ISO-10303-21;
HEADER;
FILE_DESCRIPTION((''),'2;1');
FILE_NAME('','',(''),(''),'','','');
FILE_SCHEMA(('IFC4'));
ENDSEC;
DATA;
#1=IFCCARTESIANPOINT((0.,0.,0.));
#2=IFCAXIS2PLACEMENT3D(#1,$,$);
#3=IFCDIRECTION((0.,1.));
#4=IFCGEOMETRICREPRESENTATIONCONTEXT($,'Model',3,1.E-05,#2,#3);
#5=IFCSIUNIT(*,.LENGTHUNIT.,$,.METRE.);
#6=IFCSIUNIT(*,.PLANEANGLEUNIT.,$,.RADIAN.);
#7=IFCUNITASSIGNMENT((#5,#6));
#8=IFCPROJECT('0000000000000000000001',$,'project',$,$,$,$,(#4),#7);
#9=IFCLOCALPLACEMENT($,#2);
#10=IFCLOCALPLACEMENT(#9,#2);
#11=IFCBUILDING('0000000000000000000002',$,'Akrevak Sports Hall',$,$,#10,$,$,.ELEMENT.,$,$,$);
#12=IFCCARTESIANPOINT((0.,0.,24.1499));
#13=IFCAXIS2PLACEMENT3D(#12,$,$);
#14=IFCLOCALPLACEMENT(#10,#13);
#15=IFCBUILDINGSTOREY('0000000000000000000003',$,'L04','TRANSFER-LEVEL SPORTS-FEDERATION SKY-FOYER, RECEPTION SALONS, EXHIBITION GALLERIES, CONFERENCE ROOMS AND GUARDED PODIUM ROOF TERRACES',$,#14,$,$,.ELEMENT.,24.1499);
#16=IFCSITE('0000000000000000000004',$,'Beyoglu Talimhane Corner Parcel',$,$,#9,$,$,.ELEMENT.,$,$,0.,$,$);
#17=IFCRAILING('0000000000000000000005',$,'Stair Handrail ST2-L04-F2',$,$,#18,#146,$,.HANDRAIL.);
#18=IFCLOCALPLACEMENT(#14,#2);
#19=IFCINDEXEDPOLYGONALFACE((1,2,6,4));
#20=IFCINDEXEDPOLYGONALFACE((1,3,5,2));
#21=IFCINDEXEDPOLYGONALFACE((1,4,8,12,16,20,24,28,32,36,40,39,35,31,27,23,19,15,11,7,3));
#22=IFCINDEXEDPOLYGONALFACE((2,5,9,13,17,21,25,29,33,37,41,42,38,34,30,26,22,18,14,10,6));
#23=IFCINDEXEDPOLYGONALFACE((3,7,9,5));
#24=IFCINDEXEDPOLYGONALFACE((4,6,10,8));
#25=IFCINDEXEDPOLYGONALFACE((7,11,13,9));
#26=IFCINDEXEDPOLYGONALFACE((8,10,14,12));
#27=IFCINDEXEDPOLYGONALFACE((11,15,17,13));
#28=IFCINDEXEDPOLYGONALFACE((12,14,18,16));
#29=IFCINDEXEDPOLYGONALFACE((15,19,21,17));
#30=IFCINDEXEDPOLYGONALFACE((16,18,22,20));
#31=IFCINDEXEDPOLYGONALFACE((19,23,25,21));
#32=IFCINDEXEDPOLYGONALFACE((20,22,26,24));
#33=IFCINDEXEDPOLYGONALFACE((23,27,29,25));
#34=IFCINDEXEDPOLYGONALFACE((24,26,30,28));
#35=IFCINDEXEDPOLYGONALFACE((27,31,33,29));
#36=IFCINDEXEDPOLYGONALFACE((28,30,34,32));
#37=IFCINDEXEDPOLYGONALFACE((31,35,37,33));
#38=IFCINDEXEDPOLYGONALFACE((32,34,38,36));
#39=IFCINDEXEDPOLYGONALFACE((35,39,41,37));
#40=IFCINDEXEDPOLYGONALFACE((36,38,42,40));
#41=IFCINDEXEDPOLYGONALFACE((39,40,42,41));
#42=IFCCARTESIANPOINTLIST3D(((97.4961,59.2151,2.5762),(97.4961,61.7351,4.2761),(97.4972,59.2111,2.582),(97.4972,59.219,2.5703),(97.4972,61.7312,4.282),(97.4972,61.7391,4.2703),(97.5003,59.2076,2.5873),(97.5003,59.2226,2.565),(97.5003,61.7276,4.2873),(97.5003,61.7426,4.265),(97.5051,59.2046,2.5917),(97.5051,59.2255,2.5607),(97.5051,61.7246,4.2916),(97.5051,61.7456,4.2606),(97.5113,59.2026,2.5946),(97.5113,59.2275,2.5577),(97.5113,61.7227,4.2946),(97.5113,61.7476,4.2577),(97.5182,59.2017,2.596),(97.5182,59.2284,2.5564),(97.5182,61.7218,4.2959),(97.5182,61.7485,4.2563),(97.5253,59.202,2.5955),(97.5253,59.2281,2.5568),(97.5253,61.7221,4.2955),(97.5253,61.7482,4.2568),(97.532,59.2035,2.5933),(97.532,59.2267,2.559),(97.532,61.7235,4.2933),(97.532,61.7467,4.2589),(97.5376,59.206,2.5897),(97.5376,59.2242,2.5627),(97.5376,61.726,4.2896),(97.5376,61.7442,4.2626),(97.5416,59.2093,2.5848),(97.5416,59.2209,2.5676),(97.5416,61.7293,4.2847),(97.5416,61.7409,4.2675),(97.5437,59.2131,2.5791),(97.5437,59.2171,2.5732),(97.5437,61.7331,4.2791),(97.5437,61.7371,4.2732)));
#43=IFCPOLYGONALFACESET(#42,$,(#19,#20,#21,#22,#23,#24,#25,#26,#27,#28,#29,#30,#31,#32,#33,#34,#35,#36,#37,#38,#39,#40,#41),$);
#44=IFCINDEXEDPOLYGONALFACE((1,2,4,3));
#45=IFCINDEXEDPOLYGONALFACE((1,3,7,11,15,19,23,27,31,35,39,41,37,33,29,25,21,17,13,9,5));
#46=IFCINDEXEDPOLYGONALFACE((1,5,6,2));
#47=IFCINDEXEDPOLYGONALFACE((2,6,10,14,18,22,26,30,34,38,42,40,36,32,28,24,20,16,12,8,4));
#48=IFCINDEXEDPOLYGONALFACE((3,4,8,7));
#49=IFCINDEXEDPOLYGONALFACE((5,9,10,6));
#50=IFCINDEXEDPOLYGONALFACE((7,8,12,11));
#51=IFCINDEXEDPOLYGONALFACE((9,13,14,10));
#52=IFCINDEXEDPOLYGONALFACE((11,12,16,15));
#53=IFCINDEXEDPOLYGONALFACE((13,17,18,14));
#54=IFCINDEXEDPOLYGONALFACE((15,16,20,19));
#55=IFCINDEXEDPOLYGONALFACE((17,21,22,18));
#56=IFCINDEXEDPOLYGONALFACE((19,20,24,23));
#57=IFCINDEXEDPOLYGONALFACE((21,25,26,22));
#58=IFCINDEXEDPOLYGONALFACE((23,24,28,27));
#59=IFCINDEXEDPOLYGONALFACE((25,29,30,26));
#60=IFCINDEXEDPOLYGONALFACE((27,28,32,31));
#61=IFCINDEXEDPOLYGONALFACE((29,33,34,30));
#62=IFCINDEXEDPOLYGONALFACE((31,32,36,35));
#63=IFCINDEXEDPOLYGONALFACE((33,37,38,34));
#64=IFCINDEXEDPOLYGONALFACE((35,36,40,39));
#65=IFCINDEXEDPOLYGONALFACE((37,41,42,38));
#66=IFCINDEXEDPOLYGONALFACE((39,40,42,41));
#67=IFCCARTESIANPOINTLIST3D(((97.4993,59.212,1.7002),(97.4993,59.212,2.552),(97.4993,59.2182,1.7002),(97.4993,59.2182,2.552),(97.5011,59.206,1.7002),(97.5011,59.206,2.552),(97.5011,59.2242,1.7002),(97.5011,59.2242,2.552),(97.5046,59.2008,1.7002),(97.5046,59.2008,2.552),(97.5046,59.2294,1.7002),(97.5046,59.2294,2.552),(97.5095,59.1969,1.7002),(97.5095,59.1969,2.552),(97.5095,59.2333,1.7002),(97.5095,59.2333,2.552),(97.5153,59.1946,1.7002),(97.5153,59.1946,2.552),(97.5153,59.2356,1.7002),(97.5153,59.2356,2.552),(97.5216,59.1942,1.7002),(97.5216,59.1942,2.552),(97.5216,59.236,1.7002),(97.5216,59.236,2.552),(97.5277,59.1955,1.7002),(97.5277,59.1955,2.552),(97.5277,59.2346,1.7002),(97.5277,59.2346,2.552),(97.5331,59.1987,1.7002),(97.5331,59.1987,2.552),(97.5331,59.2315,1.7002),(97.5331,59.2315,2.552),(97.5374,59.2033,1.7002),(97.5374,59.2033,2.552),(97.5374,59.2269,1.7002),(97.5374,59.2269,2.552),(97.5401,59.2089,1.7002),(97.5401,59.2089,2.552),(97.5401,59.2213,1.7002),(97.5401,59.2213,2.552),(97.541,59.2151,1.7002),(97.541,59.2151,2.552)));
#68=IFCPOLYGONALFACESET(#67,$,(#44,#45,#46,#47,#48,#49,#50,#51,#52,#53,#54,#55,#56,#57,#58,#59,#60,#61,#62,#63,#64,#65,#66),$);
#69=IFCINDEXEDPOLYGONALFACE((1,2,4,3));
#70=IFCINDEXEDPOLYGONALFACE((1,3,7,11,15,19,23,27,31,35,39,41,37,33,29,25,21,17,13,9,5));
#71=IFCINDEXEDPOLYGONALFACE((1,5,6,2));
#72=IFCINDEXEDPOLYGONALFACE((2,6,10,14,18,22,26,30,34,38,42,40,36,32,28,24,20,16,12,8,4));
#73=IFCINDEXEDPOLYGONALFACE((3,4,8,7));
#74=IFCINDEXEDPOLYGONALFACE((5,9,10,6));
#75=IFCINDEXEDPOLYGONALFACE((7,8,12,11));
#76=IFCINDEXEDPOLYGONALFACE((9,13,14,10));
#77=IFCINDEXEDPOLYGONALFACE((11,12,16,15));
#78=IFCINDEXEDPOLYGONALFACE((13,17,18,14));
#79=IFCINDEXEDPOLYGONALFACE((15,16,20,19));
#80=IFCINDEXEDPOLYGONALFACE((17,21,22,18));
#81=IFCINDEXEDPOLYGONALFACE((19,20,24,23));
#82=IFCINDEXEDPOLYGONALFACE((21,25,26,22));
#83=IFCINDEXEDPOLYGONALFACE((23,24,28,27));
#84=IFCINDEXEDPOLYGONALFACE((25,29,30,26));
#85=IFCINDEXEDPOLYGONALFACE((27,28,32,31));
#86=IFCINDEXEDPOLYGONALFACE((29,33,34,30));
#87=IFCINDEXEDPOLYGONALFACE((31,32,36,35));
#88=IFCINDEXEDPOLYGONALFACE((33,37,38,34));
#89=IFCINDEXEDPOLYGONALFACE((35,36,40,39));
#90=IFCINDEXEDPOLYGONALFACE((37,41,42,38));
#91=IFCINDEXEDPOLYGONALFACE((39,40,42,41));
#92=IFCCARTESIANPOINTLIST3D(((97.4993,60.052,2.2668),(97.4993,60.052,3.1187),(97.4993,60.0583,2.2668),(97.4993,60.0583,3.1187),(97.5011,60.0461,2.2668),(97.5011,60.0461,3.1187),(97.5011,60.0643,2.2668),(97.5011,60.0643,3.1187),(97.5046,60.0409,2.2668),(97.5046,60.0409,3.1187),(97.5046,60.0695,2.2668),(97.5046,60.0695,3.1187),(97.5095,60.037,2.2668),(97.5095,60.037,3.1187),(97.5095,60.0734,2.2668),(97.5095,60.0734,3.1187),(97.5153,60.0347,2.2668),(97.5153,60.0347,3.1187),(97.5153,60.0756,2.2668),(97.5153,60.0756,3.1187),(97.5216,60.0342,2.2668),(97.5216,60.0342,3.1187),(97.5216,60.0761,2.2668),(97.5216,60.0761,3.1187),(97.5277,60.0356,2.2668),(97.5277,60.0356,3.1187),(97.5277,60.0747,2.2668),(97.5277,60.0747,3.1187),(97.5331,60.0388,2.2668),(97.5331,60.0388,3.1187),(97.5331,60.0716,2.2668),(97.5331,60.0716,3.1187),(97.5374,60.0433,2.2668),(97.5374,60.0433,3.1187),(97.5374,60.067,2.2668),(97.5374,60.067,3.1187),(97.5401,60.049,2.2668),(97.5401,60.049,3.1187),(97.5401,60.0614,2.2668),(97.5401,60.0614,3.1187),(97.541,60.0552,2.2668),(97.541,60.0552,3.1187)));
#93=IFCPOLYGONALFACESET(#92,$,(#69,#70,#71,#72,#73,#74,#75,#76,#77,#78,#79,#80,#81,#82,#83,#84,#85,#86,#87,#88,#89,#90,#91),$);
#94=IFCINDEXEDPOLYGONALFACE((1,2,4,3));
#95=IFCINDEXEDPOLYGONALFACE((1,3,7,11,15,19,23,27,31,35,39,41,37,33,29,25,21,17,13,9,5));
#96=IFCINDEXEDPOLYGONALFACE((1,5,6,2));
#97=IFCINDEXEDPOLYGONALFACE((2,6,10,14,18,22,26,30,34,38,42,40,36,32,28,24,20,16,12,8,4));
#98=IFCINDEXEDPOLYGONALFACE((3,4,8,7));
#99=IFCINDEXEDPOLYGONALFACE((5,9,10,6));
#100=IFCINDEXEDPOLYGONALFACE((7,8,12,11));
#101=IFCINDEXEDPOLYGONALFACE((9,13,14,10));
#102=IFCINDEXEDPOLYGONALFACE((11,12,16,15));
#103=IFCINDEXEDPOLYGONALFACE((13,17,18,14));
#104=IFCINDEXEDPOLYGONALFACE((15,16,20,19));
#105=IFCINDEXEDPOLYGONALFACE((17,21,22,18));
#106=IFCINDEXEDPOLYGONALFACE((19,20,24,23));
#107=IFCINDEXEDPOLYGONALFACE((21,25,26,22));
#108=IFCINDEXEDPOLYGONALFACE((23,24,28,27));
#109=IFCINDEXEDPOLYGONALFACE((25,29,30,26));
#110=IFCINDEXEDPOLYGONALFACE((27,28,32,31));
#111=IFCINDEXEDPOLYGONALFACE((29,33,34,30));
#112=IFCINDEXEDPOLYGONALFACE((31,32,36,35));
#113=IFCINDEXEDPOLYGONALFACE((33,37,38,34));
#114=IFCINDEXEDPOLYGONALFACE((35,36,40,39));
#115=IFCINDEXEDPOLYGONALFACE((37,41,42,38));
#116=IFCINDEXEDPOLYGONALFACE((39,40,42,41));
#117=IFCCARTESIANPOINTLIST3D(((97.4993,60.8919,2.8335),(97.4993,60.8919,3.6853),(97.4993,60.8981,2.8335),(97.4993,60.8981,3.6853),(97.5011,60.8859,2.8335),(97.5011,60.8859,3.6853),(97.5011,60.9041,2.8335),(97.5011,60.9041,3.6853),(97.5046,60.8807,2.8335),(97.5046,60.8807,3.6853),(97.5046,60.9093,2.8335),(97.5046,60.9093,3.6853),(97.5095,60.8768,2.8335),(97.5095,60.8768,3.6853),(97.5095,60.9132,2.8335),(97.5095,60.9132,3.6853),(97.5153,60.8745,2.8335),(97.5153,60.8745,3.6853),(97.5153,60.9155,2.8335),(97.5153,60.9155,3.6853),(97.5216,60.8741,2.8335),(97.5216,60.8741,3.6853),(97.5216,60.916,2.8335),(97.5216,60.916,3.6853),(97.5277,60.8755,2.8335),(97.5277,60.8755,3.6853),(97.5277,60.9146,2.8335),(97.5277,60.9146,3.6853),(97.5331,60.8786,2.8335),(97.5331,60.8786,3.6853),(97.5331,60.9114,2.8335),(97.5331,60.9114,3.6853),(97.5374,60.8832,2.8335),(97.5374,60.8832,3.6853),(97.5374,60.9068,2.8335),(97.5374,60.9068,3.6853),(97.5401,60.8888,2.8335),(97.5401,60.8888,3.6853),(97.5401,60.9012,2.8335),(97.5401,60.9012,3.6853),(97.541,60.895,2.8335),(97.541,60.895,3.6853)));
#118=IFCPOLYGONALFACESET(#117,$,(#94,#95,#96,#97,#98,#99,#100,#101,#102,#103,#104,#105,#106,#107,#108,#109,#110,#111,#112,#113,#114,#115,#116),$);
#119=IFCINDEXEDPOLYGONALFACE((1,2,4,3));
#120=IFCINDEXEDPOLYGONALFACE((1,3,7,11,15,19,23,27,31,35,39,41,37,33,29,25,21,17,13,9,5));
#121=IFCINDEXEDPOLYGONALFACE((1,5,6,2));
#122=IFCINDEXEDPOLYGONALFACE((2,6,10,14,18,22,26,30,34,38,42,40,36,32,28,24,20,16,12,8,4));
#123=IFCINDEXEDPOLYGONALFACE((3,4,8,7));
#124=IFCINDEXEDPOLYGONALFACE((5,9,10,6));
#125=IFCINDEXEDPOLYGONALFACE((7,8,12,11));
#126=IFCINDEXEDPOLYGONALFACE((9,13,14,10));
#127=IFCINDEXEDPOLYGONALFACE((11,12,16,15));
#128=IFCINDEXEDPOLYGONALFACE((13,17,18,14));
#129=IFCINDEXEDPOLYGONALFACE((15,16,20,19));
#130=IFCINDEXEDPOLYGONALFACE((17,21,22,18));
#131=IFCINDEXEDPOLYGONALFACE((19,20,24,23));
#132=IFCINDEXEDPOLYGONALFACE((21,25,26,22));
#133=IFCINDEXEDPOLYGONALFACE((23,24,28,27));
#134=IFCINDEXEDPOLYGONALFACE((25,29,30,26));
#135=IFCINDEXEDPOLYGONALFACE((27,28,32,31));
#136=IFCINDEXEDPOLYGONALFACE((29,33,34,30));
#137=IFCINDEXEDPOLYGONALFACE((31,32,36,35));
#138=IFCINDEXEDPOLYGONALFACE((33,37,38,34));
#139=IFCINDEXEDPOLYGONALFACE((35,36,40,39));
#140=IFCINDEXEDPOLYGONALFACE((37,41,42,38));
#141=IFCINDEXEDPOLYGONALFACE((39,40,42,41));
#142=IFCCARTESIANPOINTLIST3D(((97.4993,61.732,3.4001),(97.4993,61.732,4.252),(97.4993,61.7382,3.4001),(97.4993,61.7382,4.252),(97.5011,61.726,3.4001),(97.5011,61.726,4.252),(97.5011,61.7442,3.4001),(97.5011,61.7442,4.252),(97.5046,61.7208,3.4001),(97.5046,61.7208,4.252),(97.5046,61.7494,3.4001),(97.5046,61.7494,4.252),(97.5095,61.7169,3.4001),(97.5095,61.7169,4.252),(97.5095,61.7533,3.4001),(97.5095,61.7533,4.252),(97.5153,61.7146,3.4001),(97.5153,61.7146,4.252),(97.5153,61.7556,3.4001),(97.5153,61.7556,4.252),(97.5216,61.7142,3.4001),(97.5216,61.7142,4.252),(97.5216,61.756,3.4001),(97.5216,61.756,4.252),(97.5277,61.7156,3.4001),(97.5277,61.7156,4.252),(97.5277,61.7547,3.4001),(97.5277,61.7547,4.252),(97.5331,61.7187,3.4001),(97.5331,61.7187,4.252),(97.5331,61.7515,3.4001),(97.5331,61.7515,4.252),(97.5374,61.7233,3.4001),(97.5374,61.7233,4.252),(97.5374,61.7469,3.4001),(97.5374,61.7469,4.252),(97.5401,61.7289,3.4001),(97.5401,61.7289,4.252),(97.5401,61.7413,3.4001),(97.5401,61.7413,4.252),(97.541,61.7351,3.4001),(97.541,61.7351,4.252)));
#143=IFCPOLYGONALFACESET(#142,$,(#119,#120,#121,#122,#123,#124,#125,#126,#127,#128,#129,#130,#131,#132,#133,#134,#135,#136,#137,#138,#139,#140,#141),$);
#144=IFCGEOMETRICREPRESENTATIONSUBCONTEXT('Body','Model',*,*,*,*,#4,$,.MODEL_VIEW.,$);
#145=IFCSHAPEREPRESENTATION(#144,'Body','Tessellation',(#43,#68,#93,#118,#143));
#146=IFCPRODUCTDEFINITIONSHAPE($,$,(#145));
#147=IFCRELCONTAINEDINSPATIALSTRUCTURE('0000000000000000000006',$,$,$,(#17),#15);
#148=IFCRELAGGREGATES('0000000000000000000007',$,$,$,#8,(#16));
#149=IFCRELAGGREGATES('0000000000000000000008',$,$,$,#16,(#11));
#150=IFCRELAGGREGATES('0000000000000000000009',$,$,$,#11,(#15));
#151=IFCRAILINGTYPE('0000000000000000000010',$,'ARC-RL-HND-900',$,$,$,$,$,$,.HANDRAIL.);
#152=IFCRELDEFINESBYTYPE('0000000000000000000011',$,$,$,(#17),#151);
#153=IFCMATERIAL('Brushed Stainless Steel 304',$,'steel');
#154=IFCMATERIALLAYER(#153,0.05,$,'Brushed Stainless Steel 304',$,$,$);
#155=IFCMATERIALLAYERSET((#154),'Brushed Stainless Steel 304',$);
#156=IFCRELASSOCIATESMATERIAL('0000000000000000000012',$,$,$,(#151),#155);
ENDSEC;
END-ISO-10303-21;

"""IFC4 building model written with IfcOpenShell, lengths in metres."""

from ifc_helpers import new_model, si_unit, direction, frame, origin, origin_2d, place, context, subcontext, project, spatial, circle, extrude, material, layer, layer_set, type_object, element, save


model = new_model("IFC4")

# Units and contexts
model_context = context("Model", 3, precision=1e-05, world=origin(), true_north=direction((0.0, 1.0)))
body_context = subcontext(model_context, "Body", "Model", "MODEL_VIEW")
ifc_project = project(units=[si_unit("LENGTHUNIT", "METRE"), si_unit("PLANEANGLEUNIT", "RADIAN")], contexts=[model_context])

# Site, building, storey
site_placement = place(None, origin())
site = spatial("IfcSite", under=ifc_project, at=site_placement, Name="Beyoglu Talimhane Corner Parcel", CompositionType="ELEMENT", RefElevation=0.0)
building_placement = place(site_placement, origin())
building = spatial("IfcBuilding", under=site, at=building_placement, Name="Akrevak Sports Hall", CompositionType="ELEMENT")
storey_placement = place(building_placement, frame((0.0, 0.0, 24.1499)))
storey = spatial("IfcBuildingStorey", under=building, at=storey_placement, Name="L04", Description="TRANSFER-LEVEL SPORTS-FEDERATION SKY-FOYER, RECEPTION SALONS, EXHIBITION GALLERIES, CONFERENCE ROOMS AND GUARDED PODIUM ROOF TERRACES", CompositionType="ELEMENT", Elevation=24.1499)

# Railing
ifc_material_1 = material(Name="Brushed Stainless Steel 304", Category="steel")
ifc_layer_1 = layer(ifc_material_1, 0.05, Name="Brushed Stainless Steel 304")
ifc_layer_set_1 = layer_set([ifc_layer_1], Name="Brushed Stainless Steel 304")
railing_type_1 = type_object("IfcRailingType", Name="ARC-RL-HND-900", PredefinedType="HANDRAIL", material=ifc_layer_set_1)
railing_1_placement = place(storey_placement, frame((97.52, 59.2151, 1.7002)))
element("IfcRailing", 1, at=railing_1_placement, inside=storey, type_object=railing_type_1, Name="Stair Handrail ST2-L04-F2", PredefinedType="HANDRAIL", context=body_context, shape_type="SweptSolid", body=[
    extrude(circle(Radius=0.0239, at=origin_2d()), frame((0.0, 0.0, 0.876), z_axis=(0.0, 0.829011, 0.559233), x_axis=(-1.0, 0.0, 0.0)), (0.0, 0.0, 1.0), 3.0398),
    extrude(circle(Radius=0.021, at=origin_2d()), origin(), (0.0, 0.0, 1.0), 0.8518),
    extrude(circle(Radius=0.021, at=origin_2d()), frame((0.0, 0.8401, 0.5667)), (0.0, 0.0, 1.0), 0.8518),
    extrude(circle(Radius=0.021, at=origin_2d()), frame((0.0, 1.6799, 1.1333)), (0.0, 0.0, 1.0), 0.8518),
    extrude(circle(Radius=0.021, at=origin_2d()), frame((0.0, 2.52, 1.7)), (0.0, 0.0, 1.0), 0.8518),
])

save(model, "model.ifc")
